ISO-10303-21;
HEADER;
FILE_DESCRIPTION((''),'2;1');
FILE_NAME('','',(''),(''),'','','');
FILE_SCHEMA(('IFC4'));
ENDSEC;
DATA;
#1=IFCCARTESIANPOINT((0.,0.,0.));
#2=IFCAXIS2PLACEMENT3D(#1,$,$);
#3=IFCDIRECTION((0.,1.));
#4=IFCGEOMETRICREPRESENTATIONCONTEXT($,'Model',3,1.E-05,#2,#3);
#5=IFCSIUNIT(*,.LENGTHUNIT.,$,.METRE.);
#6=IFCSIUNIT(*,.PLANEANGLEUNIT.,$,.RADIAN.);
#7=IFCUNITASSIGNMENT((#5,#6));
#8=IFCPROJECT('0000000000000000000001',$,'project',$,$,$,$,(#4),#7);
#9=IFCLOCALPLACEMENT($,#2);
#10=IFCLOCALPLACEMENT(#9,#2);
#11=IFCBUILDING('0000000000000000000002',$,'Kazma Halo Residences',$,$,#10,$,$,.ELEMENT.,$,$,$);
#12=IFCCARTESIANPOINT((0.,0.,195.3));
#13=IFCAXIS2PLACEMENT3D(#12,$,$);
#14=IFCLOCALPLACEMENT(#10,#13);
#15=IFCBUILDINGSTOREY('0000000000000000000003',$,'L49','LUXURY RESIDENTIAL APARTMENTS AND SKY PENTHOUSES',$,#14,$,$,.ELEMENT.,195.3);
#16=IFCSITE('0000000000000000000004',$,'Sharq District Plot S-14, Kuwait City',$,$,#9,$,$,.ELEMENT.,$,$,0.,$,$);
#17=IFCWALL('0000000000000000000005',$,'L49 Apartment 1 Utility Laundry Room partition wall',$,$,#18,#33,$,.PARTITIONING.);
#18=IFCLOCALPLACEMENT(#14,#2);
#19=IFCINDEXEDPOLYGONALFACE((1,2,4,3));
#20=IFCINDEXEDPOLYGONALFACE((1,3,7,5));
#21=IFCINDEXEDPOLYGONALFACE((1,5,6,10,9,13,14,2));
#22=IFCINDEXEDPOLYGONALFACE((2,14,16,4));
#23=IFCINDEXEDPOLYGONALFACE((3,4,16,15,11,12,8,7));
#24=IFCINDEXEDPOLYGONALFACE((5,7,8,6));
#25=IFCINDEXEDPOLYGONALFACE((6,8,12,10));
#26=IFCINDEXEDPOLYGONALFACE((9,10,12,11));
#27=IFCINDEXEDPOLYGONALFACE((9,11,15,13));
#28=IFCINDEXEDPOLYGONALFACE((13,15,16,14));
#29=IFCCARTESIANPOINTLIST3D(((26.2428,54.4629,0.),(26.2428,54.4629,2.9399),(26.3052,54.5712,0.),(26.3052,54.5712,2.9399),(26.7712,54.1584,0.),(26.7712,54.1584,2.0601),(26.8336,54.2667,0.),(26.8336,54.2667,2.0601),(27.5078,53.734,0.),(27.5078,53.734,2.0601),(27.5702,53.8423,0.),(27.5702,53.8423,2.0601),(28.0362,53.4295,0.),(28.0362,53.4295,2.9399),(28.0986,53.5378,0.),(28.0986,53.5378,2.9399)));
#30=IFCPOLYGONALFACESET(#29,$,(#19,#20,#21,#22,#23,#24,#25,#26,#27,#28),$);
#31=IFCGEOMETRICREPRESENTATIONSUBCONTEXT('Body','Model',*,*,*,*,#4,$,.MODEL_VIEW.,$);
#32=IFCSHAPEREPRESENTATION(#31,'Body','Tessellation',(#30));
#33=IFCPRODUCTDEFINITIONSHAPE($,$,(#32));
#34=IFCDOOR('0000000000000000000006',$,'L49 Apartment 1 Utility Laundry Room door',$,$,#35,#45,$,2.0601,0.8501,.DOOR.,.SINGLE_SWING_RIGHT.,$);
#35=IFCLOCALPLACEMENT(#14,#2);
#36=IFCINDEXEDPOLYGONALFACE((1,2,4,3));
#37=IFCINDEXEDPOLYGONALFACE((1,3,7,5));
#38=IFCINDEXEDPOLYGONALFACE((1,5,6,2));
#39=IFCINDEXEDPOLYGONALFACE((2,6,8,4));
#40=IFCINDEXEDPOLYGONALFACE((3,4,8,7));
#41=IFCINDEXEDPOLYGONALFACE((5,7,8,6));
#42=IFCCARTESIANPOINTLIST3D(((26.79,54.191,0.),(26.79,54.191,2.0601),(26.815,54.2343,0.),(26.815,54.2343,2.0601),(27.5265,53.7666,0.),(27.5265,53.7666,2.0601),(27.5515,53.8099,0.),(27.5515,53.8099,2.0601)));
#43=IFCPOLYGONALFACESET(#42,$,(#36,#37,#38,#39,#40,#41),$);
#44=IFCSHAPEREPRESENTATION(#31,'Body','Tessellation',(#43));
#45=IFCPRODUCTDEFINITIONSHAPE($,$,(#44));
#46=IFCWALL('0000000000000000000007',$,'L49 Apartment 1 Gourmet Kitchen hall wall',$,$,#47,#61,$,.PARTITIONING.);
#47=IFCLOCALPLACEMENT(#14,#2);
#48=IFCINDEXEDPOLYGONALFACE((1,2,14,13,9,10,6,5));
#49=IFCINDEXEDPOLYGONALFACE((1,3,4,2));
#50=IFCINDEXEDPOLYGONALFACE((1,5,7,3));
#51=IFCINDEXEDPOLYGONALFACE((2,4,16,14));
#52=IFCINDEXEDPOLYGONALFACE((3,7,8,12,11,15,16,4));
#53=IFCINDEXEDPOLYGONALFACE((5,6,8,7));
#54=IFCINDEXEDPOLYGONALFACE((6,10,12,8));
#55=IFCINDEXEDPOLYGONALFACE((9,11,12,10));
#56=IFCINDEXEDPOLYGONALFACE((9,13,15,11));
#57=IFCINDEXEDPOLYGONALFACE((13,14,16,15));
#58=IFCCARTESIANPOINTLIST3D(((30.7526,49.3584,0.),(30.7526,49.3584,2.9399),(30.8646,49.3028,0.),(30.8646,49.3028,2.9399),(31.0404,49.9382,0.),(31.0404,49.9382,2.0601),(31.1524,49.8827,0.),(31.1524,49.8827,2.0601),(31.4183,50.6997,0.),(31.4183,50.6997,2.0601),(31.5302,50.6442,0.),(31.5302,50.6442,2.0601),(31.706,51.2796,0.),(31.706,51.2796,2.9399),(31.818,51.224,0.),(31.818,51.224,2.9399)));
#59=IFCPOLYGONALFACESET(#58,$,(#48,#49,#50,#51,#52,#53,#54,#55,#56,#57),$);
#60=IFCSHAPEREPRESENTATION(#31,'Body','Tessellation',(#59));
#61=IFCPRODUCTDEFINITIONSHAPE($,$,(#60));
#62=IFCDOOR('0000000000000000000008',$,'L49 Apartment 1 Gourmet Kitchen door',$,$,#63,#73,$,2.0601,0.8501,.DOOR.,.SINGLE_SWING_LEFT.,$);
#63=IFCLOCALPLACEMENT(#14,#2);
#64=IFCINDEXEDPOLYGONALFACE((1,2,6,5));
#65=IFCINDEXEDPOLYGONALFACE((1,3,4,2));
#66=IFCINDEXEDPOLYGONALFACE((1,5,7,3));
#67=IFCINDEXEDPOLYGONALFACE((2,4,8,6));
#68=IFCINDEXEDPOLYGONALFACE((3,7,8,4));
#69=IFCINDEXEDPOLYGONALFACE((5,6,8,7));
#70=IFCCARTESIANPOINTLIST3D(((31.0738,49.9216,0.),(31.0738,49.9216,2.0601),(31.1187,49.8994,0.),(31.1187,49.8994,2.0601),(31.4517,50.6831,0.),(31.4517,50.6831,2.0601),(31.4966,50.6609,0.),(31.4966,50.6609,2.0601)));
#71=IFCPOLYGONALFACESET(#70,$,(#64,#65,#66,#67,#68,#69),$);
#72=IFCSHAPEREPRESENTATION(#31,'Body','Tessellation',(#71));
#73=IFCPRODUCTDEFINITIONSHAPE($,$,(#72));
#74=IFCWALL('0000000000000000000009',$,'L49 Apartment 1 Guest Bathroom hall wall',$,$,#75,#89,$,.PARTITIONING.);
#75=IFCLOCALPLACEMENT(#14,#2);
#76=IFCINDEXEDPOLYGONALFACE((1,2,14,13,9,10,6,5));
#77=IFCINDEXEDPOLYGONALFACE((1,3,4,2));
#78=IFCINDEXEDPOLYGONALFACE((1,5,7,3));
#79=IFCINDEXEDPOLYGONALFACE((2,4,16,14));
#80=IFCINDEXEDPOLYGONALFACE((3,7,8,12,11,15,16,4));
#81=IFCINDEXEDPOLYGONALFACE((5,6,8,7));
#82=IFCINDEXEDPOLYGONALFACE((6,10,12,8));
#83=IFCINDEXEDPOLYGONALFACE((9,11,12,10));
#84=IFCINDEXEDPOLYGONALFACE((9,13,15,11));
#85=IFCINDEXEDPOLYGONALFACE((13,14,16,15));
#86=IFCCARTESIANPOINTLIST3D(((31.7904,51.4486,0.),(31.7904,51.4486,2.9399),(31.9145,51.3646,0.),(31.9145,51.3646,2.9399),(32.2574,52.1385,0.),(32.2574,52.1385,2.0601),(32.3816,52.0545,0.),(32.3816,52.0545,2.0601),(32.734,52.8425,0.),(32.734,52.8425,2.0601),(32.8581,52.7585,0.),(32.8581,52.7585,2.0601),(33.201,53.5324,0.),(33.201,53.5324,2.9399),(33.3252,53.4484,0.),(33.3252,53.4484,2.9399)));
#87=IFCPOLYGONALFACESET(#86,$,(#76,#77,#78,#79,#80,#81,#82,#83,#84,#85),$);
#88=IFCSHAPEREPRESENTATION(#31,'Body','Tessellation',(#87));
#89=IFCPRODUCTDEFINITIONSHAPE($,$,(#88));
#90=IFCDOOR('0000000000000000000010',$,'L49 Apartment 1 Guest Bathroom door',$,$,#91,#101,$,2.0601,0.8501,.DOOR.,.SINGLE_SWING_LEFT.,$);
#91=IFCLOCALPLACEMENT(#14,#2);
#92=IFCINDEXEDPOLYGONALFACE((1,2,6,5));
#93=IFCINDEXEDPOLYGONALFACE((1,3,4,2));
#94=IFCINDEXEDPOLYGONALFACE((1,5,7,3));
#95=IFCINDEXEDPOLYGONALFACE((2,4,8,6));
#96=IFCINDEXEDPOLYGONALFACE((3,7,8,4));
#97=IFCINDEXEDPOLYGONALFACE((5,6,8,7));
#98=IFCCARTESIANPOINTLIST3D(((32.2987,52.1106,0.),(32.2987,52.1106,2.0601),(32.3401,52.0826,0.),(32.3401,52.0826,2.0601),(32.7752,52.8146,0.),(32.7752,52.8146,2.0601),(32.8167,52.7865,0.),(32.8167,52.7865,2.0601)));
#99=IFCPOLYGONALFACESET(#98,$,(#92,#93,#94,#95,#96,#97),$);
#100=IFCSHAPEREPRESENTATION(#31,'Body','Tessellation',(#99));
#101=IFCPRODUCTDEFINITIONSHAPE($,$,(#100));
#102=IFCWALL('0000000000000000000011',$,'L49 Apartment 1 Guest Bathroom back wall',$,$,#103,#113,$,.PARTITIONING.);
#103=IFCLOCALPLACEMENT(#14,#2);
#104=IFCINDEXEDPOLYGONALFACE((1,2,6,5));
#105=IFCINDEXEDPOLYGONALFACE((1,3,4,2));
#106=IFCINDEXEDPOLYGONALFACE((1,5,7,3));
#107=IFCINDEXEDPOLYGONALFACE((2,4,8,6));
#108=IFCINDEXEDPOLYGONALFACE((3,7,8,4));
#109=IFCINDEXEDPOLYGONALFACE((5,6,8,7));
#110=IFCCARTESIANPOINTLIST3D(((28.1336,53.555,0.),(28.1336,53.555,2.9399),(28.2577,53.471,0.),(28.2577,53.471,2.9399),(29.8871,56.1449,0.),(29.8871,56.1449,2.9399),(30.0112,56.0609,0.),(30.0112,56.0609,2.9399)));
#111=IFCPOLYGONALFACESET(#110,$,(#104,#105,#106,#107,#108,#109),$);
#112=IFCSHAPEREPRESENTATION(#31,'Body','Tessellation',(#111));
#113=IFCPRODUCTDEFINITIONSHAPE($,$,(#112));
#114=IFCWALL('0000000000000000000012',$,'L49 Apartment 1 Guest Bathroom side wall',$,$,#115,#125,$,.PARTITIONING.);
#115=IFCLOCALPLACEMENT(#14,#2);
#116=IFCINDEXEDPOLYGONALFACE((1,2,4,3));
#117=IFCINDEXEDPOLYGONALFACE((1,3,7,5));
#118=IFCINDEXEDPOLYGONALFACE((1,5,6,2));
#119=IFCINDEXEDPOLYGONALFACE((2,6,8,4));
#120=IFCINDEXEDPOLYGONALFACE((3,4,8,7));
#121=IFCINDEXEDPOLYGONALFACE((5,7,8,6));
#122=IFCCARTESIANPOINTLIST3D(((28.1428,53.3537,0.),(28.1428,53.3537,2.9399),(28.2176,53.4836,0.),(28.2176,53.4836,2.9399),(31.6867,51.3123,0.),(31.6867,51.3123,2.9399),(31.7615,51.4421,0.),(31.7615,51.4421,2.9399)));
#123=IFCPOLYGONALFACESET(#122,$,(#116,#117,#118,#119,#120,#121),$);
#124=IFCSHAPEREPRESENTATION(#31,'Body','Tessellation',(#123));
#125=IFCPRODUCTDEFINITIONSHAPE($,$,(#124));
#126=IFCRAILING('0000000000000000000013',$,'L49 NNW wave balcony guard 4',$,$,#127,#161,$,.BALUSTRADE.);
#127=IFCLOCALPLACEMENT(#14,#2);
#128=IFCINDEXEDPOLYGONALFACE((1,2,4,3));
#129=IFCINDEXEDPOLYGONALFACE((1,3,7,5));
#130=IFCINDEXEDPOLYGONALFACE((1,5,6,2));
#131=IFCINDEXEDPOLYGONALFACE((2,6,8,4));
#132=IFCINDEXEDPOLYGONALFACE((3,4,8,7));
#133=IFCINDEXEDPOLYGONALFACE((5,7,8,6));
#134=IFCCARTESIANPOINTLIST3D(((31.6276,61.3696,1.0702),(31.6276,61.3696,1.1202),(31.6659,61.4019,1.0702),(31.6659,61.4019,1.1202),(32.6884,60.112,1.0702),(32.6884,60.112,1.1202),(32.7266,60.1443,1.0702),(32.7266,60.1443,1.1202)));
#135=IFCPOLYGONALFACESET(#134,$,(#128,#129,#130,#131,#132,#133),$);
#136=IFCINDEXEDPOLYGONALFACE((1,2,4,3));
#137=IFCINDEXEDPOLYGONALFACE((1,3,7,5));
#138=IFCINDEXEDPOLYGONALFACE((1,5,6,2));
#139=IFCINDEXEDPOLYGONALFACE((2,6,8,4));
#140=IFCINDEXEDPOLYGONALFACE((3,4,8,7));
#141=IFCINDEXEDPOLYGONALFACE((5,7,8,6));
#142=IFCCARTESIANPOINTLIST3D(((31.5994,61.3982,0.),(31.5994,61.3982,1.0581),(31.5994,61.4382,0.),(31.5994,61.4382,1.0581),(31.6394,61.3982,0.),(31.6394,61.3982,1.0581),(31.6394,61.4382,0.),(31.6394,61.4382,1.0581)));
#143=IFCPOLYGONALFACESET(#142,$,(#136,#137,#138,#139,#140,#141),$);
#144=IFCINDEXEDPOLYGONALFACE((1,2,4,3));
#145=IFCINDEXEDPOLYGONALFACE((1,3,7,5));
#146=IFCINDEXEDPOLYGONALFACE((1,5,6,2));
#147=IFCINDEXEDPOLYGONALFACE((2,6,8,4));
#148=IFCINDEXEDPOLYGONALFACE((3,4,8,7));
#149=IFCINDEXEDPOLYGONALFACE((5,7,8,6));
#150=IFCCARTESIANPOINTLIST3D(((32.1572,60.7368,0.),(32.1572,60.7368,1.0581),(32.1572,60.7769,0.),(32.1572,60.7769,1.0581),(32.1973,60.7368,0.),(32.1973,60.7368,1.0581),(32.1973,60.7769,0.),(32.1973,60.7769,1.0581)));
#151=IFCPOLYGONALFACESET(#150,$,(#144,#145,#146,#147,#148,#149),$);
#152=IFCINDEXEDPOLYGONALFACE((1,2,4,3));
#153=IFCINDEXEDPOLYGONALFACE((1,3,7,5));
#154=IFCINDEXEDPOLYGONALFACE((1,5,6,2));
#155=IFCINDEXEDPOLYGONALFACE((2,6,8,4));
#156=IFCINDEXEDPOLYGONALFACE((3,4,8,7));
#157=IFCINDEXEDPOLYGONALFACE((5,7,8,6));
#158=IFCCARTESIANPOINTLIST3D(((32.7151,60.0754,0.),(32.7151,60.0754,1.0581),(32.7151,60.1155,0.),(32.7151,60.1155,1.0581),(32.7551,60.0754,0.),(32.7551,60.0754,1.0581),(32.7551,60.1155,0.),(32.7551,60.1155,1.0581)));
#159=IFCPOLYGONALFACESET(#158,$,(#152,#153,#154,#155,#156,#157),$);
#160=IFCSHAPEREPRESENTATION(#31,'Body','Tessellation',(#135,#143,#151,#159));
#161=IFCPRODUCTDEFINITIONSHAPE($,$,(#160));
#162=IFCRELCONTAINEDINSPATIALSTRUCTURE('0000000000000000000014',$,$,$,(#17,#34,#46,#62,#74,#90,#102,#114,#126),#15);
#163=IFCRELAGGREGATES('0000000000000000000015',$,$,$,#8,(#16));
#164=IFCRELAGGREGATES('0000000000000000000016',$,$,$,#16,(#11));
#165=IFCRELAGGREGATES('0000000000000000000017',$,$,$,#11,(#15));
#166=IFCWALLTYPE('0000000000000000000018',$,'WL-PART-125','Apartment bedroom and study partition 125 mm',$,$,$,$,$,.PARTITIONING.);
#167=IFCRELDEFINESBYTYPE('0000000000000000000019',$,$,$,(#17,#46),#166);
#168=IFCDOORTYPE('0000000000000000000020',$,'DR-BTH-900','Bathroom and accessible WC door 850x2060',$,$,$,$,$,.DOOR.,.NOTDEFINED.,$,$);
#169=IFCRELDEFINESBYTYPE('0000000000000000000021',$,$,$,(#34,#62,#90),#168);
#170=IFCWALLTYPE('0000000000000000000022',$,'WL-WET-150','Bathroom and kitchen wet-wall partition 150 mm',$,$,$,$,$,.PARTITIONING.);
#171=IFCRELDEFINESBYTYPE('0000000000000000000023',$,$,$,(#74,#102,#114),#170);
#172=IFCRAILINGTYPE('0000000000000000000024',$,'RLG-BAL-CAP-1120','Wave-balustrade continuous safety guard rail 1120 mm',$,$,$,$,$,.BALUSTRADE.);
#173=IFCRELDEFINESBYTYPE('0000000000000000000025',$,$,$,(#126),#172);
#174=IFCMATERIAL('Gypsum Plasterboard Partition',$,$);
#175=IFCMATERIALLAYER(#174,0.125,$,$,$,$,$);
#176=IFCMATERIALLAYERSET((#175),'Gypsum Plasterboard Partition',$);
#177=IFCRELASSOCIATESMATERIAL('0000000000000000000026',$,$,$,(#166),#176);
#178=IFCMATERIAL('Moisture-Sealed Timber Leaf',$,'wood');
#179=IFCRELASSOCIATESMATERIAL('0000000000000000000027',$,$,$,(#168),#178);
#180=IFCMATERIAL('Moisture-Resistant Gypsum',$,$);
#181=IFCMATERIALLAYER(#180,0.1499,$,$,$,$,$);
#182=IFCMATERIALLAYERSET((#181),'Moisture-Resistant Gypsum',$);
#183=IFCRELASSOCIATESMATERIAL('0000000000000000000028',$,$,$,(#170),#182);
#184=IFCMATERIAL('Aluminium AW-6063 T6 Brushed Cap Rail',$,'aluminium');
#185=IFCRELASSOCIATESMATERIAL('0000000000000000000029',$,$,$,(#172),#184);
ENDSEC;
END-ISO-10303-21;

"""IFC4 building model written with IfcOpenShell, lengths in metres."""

from ifc_helpers import new_model, si_unit, direction, frame, frame_2d, origin, origin_2d, place, context, subcontext, project, spatial, rectangle, extrude, material, layer, layer_set, type_object, element, fill, save


model = new_model("IFC4")

# Units and contexts
model_context = context("Model", 3, precision=1e-05, world=origin(), true_north=direction((0.0, 1.0)))
body_context = subcontext(model_context, "Body", "Model", "MODEL_VIEW")
ifc_project = project(units=[si_unit("LENGTHUNIT", "METRE"), si_unit("PLANEANGLEUNIT", "RADIAN")], contexts=[model_context])

# Site, building, storey
site_placement = place(None, origin())
site = spatial("IfcSite", under=ifc_project, at=site_placement, Name="Sharq District Plot S-14, Kuwait City", CompositionType="ELEMENT", RefElevation=0.0)
building_placement = place(site_placement, origin())
building = spatial("IfcBuilding", under=site, at=building_placement, Name="Kazma Halo Residences", CompositionType="ELEMENT")
storey_placement = place(building_placement, frame((0.0, 0.0, 195.3)))
storey = spatial("IfcBuildingStorey", under=building, at=storey_placement, Name="L49", Description="LUXURY RESIDENTIAL APARTMENTS AND SKY PENTHOUSES", CompositionType="ELEMENT", Elevation=195.3)

# Shared definitions
ifc_material_1 = material(Name="Gypsum Plasterboard Partition")
ifc_layer_1 = layer(ifc_material_1, 0.125)
ifc_layer_set_1 = layer_set([ifc_layer_1], Name="Gypsum Plasterboard Partition")
wall_type_1 = type_object("IfcWallType", Name="WL-PART-125", Description="Apartment bedroom and study partition 125 mm", PredefinedType="PARTITIONING", material=ifc_layer_set_1)

# Walls, openings, doors
wall_1_placement = place(storey_placement, frame((28.0674, 53.4836, 0.0), z_axis=(0.0, 0.0, 1.0), x_axis=(-0.866445, 0.499273, 0.0)))
wall_1 = element("IfcWall", 1, at=wall_1_placement, inside=storey, type_object=wall_type_1, Name="L49 Apartment 1 Utility Laundry Room partition wall", PredefinedType="PARTITIONING", context=body_context, shape_type="SweptSolid", body=[
    extrude(rectangle(XDim=2.0698, YDim=0.125, at=frame_2d((1.0349, 0.0))), origin(), (0.0, 0.0, 1.0), 2.9399),
])
opening_1_placement = place(wall_1_placement, frame((0.6099, 0.0, 0.0)))
opening_1 = element("IfcOpeningElement", 2, at=opening_1_placement, cuts=wall_1, PredefinedType="OPENING", context=body_context, shape_type="SweptSolid", body=[
    extrude(rectangle(XDim=0.8501, YDim=2.0601, at=frame_2d((0.425, 1.03))), frame((0.0, 0.0725, 0.0), z_axis=(0.0, -1.0, 0.0), x_axis=(1.0, 0.0, 0.0)), (0.0, 0.0, 1.0), 0.145),
])
ifc_material_2 = material(Name="Moisture-Sealed Timber Leaf", Category="wood")
door_type_1 = type_object("IfcDoorType", Name="DR-BTH-900", Description="Bathroom and accessible WC door 850x2060", OperationType="NOTDEFINED", PredefinedType="DOOR", material=ifc_material_2)
door_1_placement = place(opening_1_placement, origin())
door_1 = element("IfcDoor", 3, at=door_1_placement, inside=storey, type_object=door_type_1, Name="L49 Apartment 1 Utility Laundry Room door", OperationType="SINGLE_SWING_RIGHT", OverallHeight=2.0601, OverallWidth=0.8501, PredefinedType="DOOR", context=body_context, shape_type="SweptSolid", body=[
    extrude(rectangle(XDim=0.8501, YDim=2.0601, at=frame_2d((0.425, 1.03))), frame((0.0, 0.0249, 0.0), z_axis=(0.0, -1.0, 0.0), x_axis=(1.0, 0.0, 0.0)), (0.0, 0.0, 1.0), 0.05),
])
fill(opening_1, door_1)
wall_2_placement = place(storey_placement, frame((31.762, 51.2517, 0.0), z_axis=(0.0, 0.0, 1.0), x_axis=(-0.444525, -0.895766, 0.0)))
wall_2 = element("IfcWall", 4, at=wall_2_placement, inside=storey, type_object=wall_type_1, Name="L49 Apartment 1 Gourmet Kitchen hall wall", PredefinedType="PARTITIONING", context=body_context, shape_type="SweptSolid", body=[
    extrude(rectangle(XDim=2.1448, YDim=0.125, at=frame_2d((1.0723, 0.0))), origin(), (0.0, 0.0, 1.0), 2.9399),
])
opening_2_placement = place(wall_2_placement, frame((0.6472, 0.0, 0.0)))
opening_2 = element("IfcOpeningElement", 5, at=opening_2_placement, cuts=wall_2, PredefinedType="OPENING", context=body_context, shape_type="SweptSolid", body=[
    extrude(rectangle(XDim=0.8501, YDim=2.0601, at=frame_2d((0.425, 1.03))), frame((0.0, 0.0725, 0.0), z_axis=(0.0, -1.0, 0.0), x_axis=(1.0, 0.0, 0.0)), (0.0, 0.0, 1.0), 0.145),
])
door_2_placement = place(opening_2_placement, origin())
door_2 = element("IfcDoor", 6, at=door_2_placement, inside=storey, type_object=door_type_1, Name="L49 Apartment 1 Gourmet Kitchen door", OperationType="SINGLE_SWING_LEFT", OverallHeight=2.0601, OverallWidth=0.8501, PredefinedType="DOOR", context=body_context, shape_type="SweptSolid", body=[
    extrude(rectangle(XDim=0.8501, YDim=2.0601, at=frame_2d((0.425, 1.03))), frame((0.0, 0.0249, 0.0), z_axis=(0.0, -1.0, 0.0), x_axis=(1.0, 0.0, 0.0)), (0.0, 0.0, 1.0), 0.05),
])
fill(opening_2, door_2)
ifc_material_3 = material(Name="Moisture-Resistant Gypsum")
ifc_layer_2 = layer(ifc_material_3, 0.1499)
ifc_layer_set_2 = layer_set([ifc_layer_2], Name="Moisture-Resistant Gypsum")
wall_type_2 = type_object("IfcWallType", Name="WL-WET-150", Description="Bathroom and kitchen wet-wall partition 150 mm", PredefinedType="PARTITIONING", material=ifc_layer_set_2)
wall_3_placement = place(storey_placement, frame((33.2632, 53.4905, 0.0), z_axis=(0.0, 0.0, 1.0), x_axis=(-0.560597, -0.828089, 0.0)))
wall_3 = element("IfcWall", 7, at=wall_3_placement, inside=storey, type_object=wall_type_2, Name="L49 Apartment 1 Guest Bathroom hall wall", PredefinedType="PARTITIONING", context=body_context, shape_type="SweptSolid", body=[
    extrude(rectangle(XDim=2.5164, YDim=0.1499, at=frame_2d((1.2583, 0.0))), origin(), (0.0, 0.0, 1.0), 2.9399),
])
opening_3_placement = place(wall_3_placement, frame((0.8333, 0.0, 0.0)))
opening_3 = element("IfcOpeningElement", 8, at=opening_3_placement, cuts=wall_3, PredefinedType="OPENING", context=body_context, shape_type="SweptSolid", body=[
    extrude(rectangle(XDim=0.8501, YDim=2.0601, at=frame_2d((0.425, 1.03))), frame((0.0, 0.085, 0.0), z_axis=(0.0, -1.0, 0.0), x_axis=(1.0, 0.0, 0.0)), (0.0, 0.0, 1.0), 0.1699),
])
door_3_placement = place(opening_3_placement, origin())
door_3 = element("IfcDoor", 9, at=door_3_placement, inside=storey, type_object=door_type_1, Name="L49 Apartment 1 Guest Bathroom door", OperationType="SINGLE_SWING_LEFT", OverallHeight=2.0601, OverallWidth=0.8501, PredefinedType="DOOR", context=body_context, shape_type="SweptSolid", body=[
    extrude(rectangle(XDim=0.8501, YDim=2.0601, at=frame_2d((0.425, 1.03))), frame((0.0, 0.0249, 0.0), z_axis=(0.0, -1.0, 0.0), x_axis=(1.0, 0.0, 0.0)), (0.0, 0.0, 1.0), 0.05),
])
fill(opening_3, door_3)

# Walls
wall_4_placement = place(storey_placement, frame((29.9492, 56.103, 0.0), z_axis=(0.0, 0.0, 1.0), x_axis=(-0.560631, -0.828066, 0.0)))
element("IfcWall", 10, at=wall_4_placement, inside=storey, type_object=wall_type_2, Name="L49 Apartment 1 Guest Bathroom back wall", PredefinedType="PARTITIONING", context=body_context, shape_type="SweptSolid", body=[
    extrude(rectangle(XDim=3.1277, YDim=0.1499, at=frame_2d((1.564, 0.0))), origin(), (0.0, 0.0, 1.0), 2.9399),
])
wall_5_placement = place(storey_placement, frame((31.7241, 51.3772, 0.0), z_axis=(0.0, 0.0, 1.0), x_axis=(-0.866511, 0.499157, 0.0)))
element("IfcWall", 11, at=wall_5_placement, inside=storey, type_object=wall_type_2, Name="L49 Apartment 1 Guest Bathroom side wall", PredefinedType="PARTITIONING", context=body_context, shape_type="SweptSolid", body=[
    extrude(rectangle(XDim=4.0898, YDim=0.1499, at=frame_2d((2.0449, 0.0))), origin(), (0.0, 0.0, 1.0), 2.9399),
])

# Railing
ifc_material_4 = material(Name="Aluminium AW-6063 T6 Brushed Cap Rail", Category="aluminium")
railing_type = type_object("IfcRailingType", Name="RLG-BAL-CAP-1120", Description="Wave-balustrade continuous safety guard rail 1120 mm", PredefinedType="BALUSTRADE", material=ifc_material_4)
railing_1_placement = place(storey_placement, frame((31.6194, 61.4182, 0.0)))
element("IfcRailing", 12, at=railing_1_placement, inside=storey, type_object=railing_type, Name="L49 NNW wave balcony guard 4", PredefinedType="BALUSTRADE", context=body_context, shape_type="SweptSolid", body=[
    extrude(rectangle(XDim=0.05, YDim=0.05, at=origin_2d()), frame((0.0273, -0.0325, 1.0952), z_axis=(0.644752, -0.764391, 0.0), x_axis=(0.764391, 0.644752, 0.0)), (0.0, 0.0, 1.0), 1.6453),
    extrude(rectangle(XDim=0.04, YDim=0.04, at=origin_2d()), origin(), (0.0, 0.0, 1.0), 1.0581),
    extrude(rectangle(XDim=0.04, YDim=0.04, at=origin_2d()), frame((0.5579, -0.6614, 0.0)), (0.0, 0.0, 1.0), 1.0581),
    extrude(rectangle(XDim=0.04, YDim=0.04, at=origin_2d()), frame((1.1157, -1.3228, 0.0)), (0.0, 0.0, 1.0), 1.0581),
])

save(model, "model.ifc")
